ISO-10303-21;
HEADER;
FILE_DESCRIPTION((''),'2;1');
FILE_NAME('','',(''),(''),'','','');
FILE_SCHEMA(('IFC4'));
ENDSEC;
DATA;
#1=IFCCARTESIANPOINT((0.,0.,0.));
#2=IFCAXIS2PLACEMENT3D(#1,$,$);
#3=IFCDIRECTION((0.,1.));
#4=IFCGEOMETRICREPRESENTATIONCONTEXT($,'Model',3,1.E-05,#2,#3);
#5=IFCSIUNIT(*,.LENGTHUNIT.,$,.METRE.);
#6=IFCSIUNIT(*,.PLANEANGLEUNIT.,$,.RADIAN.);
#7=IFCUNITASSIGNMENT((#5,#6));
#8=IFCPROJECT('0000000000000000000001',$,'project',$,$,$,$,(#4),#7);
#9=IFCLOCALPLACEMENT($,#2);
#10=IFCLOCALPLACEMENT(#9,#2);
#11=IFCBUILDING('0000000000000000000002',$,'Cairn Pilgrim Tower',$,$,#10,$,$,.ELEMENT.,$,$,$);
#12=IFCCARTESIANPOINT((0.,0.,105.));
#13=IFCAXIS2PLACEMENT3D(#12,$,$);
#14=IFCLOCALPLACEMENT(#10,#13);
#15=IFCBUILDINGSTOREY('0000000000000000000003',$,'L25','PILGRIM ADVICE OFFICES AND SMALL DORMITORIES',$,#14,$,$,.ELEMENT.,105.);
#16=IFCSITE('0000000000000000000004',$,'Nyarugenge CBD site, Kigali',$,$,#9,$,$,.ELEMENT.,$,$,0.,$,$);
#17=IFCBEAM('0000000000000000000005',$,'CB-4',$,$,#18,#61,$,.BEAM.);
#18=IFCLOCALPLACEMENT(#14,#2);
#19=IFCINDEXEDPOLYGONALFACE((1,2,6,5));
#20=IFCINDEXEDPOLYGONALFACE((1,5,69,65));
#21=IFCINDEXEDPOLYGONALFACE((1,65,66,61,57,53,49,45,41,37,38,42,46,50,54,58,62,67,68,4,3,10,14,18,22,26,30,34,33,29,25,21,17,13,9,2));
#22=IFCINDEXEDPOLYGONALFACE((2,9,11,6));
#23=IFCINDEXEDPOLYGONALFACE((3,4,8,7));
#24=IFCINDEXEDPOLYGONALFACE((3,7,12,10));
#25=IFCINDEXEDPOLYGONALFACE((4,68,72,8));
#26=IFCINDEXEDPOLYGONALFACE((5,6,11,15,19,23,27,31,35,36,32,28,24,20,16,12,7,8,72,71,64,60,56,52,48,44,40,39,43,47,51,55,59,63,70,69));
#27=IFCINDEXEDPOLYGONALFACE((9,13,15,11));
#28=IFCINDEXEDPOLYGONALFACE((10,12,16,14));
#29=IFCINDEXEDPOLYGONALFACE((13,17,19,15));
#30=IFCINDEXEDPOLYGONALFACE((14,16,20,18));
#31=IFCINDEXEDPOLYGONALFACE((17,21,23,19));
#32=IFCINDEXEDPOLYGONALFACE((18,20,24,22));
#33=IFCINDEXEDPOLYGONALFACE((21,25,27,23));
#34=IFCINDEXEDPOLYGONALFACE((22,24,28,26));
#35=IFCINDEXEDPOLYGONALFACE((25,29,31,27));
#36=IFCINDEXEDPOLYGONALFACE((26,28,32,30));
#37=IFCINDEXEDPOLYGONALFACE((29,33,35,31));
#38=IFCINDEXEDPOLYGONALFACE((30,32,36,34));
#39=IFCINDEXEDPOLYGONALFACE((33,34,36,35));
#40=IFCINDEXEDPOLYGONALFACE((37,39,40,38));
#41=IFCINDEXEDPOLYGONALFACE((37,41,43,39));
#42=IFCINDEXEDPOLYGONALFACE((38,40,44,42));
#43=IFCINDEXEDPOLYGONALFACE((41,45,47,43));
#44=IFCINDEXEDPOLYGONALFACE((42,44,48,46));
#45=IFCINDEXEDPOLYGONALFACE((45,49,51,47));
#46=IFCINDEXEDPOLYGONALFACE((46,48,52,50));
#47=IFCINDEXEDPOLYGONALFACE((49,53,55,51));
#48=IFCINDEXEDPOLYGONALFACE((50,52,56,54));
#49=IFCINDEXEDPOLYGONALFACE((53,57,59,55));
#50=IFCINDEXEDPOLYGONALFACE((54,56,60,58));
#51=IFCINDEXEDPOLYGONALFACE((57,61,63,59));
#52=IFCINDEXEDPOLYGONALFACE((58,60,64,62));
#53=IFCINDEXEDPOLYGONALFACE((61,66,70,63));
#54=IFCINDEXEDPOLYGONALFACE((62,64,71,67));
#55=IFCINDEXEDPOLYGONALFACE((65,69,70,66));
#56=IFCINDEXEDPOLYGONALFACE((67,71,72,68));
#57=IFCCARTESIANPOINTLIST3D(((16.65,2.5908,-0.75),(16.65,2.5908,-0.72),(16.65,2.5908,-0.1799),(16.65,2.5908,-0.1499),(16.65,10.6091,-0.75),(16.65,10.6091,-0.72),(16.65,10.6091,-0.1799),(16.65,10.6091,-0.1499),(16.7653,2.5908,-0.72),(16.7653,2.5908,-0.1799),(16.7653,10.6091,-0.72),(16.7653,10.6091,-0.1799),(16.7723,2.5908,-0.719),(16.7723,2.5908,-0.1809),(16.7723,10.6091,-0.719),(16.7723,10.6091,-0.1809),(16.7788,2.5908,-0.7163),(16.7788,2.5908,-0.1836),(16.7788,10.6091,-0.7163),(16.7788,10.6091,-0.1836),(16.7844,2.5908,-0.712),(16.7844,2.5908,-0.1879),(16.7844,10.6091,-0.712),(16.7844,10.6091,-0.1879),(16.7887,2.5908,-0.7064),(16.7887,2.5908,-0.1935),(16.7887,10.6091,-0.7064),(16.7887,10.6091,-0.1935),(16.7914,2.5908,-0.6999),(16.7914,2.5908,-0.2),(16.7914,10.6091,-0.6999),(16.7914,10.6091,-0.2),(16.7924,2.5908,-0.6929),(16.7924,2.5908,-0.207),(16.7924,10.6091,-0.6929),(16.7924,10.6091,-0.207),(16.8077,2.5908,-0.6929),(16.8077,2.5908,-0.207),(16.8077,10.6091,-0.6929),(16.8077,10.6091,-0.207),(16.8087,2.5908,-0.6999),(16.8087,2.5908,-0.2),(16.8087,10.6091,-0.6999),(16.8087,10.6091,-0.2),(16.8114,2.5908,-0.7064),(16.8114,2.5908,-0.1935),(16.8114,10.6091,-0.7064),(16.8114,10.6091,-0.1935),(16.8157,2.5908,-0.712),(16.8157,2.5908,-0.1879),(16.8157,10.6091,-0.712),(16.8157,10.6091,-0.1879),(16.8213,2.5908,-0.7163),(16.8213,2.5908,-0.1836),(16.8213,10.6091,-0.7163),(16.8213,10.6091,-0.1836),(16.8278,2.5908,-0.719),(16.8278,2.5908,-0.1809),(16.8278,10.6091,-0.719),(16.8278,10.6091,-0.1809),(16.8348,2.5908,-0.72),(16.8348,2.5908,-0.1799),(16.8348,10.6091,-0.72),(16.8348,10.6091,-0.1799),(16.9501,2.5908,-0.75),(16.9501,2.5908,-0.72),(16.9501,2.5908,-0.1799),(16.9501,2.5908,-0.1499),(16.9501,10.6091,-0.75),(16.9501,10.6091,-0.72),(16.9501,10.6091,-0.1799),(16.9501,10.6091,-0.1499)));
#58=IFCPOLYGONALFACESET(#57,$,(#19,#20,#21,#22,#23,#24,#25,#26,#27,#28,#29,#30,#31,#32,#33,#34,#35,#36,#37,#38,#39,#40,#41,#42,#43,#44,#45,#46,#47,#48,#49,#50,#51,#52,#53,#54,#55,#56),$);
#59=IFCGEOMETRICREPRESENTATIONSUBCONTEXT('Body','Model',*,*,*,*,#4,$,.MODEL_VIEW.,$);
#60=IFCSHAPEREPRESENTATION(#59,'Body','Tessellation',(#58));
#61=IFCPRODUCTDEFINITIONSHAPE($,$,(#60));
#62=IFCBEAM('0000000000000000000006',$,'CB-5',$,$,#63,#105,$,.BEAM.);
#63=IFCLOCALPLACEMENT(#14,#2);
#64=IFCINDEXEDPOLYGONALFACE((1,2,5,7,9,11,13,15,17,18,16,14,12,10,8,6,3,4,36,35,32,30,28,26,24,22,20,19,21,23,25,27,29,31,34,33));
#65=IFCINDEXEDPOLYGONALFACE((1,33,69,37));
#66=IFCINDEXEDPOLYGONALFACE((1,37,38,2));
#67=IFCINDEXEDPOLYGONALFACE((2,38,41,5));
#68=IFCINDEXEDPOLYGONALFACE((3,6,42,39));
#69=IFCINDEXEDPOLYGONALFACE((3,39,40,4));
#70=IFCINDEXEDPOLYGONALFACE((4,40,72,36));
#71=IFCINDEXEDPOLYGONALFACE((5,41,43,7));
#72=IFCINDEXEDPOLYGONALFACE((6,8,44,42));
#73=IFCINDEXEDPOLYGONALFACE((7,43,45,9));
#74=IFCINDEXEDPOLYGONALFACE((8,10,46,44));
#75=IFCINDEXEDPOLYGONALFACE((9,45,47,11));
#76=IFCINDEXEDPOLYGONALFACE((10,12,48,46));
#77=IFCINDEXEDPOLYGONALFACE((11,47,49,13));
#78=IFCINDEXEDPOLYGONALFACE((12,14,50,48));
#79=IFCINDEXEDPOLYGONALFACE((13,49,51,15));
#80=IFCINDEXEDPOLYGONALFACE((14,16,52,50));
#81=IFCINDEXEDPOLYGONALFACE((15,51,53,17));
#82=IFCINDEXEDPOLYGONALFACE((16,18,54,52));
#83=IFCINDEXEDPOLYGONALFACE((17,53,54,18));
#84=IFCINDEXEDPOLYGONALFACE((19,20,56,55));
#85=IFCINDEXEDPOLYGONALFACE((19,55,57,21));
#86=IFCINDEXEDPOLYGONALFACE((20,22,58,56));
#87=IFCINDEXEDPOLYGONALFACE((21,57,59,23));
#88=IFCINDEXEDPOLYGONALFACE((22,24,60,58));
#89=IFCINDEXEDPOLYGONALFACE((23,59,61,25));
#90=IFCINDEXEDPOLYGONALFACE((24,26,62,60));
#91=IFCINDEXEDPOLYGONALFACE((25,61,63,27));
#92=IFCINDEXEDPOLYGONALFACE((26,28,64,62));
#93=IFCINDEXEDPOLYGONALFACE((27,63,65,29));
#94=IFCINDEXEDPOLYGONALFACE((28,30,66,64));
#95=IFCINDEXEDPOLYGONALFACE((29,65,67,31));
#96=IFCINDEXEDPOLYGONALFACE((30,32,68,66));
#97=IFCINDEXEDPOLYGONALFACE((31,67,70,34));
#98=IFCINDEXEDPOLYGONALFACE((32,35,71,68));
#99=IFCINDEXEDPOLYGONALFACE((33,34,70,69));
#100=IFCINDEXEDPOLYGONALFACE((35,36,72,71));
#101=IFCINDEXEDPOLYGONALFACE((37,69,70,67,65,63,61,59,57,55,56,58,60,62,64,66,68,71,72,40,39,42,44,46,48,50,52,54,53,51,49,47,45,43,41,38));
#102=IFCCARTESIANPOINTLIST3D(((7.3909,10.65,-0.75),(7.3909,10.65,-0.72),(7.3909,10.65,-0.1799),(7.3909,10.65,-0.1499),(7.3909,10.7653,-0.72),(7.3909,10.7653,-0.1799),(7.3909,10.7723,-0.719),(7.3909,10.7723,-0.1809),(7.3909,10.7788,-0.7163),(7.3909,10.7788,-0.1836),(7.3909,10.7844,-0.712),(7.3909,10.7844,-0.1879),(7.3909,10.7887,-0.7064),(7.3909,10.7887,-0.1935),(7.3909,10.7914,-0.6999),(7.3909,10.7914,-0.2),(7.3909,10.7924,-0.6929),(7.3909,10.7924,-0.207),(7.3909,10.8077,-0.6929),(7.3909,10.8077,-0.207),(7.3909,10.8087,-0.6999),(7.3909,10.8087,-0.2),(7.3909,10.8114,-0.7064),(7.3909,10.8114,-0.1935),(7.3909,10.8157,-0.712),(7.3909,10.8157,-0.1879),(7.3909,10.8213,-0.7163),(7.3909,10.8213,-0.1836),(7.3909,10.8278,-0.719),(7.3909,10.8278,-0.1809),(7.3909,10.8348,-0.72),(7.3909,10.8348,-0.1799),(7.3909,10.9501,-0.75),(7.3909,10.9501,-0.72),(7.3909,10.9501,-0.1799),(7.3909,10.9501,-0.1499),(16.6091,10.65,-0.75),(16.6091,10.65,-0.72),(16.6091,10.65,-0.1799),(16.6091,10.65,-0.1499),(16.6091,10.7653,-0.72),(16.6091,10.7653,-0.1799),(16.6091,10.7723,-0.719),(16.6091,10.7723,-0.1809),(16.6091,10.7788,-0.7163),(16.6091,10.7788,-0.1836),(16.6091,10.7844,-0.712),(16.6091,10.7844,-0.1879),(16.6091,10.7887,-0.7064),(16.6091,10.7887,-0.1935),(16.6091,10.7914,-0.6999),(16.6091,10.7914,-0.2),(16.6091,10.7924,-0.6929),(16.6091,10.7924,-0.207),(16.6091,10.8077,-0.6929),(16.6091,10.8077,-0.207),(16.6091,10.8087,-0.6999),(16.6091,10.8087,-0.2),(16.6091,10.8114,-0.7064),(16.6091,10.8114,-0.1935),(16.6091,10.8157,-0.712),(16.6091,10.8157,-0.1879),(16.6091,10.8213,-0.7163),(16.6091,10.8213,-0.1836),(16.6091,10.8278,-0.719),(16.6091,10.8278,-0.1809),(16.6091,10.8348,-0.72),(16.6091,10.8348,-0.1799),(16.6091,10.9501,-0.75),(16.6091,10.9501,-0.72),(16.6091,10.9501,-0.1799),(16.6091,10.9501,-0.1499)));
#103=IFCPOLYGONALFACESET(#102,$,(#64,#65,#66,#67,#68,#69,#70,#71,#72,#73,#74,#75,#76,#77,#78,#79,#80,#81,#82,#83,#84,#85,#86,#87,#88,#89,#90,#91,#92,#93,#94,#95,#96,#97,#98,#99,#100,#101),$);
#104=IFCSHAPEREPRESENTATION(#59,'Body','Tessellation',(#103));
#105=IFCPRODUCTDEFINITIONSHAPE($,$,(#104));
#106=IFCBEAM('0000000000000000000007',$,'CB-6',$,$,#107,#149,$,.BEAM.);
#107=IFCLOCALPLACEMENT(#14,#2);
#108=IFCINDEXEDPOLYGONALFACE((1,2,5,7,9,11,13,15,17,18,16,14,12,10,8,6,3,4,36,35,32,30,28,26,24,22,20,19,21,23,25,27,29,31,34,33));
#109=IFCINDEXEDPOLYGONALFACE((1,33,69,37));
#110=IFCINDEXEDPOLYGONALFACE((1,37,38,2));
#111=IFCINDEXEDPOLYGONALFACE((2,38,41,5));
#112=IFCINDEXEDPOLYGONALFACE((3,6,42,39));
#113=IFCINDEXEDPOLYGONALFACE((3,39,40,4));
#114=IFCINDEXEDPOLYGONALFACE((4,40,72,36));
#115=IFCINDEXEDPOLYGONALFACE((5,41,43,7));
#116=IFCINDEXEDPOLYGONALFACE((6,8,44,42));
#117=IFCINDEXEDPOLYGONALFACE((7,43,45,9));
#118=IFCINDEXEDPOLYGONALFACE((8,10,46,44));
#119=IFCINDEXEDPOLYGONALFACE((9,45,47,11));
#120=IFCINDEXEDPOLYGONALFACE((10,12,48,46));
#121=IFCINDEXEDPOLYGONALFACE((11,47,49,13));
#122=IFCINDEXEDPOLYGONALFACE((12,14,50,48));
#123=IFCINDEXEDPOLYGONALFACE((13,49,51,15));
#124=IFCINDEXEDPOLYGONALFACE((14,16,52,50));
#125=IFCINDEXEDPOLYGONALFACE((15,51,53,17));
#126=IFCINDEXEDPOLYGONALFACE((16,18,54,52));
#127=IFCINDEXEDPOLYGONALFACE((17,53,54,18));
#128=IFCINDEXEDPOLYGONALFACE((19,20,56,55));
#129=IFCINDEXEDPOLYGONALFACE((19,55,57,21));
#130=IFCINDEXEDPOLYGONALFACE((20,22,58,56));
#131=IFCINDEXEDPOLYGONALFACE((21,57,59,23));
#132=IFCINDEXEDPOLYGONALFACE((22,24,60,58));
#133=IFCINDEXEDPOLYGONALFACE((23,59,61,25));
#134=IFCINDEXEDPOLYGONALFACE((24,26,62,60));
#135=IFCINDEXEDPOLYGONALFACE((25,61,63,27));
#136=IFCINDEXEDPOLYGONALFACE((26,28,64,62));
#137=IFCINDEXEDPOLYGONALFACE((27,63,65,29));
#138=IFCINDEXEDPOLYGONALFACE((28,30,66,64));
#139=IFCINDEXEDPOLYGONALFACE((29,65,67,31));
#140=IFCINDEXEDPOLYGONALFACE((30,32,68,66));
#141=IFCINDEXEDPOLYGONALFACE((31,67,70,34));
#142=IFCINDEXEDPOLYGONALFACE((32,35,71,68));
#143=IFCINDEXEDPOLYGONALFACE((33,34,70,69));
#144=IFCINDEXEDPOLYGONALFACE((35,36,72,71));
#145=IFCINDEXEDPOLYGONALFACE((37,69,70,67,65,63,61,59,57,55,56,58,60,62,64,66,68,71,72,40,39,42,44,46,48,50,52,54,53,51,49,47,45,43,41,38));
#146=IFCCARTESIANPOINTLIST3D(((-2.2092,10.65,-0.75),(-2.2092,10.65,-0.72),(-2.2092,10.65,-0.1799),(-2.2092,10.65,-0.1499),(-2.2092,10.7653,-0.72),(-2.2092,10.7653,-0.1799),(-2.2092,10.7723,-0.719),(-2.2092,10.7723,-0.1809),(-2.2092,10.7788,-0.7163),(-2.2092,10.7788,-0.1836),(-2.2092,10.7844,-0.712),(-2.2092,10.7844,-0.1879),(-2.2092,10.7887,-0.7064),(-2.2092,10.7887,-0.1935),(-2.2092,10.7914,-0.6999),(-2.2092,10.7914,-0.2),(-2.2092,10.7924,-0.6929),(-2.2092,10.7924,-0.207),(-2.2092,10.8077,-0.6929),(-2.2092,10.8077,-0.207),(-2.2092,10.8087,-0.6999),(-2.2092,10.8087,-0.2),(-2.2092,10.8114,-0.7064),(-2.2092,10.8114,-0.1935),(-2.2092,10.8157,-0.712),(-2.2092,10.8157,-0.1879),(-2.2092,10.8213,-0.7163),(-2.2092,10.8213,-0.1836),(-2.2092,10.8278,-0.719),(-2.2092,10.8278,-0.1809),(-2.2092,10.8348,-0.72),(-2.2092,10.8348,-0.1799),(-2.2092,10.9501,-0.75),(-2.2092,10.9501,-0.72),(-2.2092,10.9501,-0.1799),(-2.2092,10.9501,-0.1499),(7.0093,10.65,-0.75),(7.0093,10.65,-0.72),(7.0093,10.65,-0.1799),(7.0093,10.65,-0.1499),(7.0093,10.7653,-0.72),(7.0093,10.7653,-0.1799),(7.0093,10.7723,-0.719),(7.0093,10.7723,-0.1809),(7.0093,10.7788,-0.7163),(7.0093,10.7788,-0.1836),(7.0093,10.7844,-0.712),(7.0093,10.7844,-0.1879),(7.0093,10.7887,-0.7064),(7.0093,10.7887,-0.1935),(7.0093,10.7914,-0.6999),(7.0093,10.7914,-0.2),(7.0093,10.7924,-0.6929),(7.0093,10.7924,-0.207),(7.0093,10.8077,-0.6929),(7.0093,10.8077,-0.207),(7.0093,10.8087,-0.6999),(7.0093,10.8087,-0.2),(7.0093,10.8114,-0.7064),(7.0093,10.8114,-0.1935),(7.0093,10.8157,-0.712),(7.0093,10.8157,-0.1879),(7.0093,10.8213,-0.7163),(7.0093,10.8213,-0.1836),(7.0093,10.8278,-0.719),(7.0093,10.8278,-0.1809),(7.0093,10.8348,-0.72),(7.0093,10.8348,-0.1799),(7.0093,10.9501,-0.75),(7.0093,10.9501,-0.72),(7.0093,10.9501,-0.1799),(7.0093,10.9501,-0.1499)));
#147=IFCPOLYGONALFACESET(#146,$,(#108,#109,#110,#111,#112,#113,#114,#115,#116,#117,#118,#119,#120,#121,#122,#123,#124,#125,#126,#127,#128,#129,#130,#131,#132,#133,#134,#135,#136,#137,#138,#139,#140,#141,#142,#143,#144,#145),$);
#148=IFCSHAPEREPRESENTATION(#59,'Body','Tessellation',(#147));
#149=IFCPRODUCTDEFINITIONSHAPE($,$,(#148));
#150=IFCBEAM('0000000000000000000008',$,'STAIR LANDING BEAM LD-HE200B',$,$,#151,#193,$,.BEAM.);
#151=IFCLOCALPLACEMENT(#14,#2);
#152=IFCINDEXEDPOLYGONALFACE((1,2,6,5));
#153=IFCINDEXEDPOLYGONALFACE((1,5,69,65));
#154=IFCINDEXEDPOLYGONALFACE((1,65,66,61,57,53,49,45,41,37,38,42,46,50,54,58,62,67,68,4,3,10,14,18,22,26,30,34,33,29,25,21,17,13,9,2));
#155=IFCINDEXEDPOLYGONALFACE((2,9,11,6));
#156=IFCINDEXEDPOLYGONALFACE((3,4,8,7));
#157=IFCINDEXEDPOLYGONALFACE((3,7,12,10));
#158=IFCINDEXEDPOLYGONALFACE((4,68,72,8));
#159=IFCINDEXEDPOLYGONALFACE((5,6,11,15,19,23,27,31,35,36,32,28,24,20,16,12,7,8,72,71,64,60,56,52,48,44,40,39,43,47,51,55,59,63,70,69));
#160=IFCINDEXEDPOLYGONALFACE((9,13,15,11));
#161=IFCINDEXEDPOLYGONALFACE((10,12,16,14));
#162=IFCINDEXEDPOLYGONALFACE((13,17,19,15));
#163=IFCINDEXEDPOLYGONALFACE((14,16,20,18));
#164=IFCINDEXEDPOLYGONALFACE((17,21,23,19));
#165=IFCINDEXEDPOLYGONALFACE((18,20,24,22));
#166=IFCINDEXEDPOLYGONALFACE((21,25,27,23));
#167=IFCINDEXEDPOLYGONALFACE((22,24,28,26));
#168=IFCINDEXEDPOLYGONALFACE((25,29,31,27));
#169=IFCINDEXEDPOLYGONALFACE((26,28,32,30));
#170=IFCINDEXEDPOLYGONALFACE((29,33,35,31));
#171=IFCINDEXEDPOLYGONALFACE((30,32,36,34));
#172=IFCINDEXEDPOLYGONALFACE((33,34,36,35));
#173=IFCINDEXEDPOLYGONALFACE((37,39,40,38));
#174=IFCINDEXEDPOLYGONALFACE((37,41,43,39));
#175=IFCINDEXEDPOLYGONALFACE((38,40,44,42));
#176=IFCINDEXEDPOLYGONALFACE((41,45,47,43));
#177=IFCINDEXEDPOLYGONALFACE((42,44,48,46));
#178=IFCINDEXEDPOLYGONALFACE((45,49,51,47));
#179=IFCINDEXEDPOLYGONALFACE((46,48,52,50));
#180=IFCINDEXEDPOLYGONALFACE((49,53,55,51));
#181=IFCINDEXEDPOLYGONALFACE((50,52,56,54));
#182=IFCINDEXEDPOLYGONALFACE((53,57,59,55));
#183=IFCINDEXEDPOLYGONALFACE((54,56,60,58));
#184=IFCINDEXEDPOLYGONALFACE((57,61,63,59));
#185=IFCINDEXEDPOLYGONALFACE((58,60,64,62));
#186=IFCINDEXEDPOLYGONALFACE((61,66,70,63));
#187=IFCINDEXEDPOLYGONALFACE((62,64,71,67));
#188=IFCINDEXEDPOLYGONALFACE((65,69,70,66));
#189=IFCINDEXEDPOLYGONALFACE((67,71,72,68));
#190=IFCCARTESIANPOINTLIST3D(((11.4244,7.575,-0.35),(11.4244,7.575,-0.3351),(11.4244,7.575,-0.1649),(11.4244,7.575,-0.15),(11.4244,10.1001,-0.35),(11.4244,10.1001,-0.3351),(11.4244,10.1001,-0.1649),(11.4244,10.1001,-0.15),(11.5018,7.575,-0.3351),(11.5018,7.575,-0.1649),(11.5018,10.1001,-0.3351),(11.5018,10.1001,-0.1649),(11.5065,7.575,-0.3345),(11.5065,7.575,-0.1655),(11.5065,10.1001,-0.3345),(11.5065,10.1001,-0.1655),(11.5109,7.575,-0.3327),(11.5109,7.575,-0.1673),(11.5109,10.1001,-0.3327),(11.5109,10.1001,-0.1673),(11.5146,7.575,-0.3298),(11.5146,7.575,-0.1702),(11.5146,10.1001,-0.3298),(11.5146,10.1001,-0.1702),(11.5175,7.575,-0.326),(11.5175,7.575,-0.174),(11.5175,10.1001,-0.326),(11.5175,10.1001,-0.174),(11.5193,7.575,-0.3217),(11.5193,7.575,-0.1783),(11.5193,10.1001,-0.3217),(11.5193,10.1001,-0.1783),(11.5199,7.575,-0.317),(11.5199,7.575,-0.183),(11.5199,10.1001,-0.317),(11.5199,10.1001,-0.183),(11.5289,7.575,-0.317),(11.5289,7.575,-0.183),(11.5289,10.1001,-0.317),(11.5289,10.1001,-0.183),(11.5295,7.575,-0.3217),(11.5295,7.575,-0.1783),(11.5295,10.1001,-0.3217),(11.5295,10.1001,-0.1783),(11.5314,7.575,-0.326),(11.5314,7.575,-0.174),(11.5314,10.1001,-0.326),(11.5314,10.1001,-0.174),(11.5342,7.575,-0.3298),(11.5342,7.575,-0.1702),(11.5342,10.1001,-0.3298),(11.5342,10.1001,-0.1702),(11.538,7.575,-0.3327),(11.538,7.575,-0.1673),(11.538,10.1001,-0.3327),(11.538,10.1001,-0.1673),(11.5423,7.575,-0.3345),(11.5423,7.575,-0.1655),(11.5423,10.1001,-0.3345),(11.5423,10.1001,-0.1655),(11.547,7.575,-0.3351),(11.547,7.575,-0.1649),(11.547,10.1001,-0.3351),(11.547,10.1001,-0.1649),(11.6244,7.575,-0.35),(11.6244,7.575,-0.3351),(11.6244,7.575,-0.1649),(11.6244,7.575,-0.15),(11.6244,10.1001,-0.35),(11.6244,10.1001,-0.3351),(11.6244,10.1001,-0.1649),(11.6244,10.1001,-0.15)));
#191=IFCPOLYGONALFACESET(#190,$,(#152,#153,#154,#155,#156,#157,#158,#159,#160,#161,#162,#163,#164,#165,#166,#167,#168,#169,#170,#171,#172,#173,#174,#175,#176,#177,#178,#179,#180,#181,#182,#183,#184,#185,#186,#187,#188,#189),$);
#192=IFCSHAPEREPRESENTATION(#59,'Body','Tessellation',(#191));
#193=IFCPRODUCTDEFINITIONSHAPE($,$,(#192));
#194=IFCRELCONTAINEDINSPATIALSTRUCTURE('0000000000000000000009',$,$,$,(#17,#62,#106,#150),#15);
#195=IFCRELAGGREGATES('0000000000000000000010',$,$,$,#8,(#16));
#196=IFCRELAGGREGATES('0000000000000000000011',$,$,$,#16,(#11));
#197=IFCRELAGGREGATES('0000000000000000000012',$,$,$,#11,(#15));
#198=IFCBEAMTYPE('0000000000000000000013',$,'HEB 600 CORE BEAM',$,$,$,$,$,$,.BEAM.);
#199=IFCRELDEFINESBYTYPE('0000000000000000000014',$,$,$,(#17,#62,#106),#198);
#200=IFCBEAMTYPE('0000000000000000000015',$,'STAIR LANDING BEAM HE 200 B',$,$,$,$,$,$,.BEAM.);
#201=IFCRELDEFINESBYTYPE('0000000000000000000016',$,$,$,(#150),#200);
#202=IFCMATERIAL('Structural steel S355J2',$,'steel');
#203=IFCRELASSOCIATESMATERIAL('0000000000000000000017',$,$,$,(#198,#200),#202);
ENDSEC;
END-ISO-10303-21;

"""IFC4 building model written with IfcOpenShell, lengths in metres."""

from ifc_helpers import new_model, si_unit, direction, frame, origin, origin_2d, place, context, subcontext, project, spatial, i_section, extrude, material, material_profile, profile_set, type_object, element, save


model = new_model("IFC4")

# Units and contexts
model_context = context("Model", 3, precision=1e-05, world=origin(), true_north=direction((0.0, 1.0)))
body_context = subcontext(model_context, "Body", "Model", "MODEL_VIEW")
ifc_project = project(units=[si_unit("LENGTHUNIT", "METRE"), si_unit("PLANEANGLEUNIT", "RADIAN")], contexts=[model_context])

# Site, building, storey
site_placement = place(None, origin())
site = spatial("IfcSite", under=ifc_project, at=site_placement, Name="Nyarugenge CBD site, Kigali", CompositionType="ELEMENT", RefElevation=0.0)
building_placement = place(site_placement, origin())
building = spatial("IfcBuilding", under=site, at=building_placement, Name="Cairn Pilgrim Tower", CompositionType="ELEMENT")
storey_placement = place(building_placement, frame((0.0, 0.0, 105.0)))
storey = spatial("IfcBuildingStorey", under=building, at=storey_placement, Name="L25", Description="PILGRIM ADVICE OFFICES AND SMALL DORMITORIES", CompositionType="ELEMENT", Elevation=105.0)

# Beams
ifc_material_1 = material(Name="Structural steel S355J2", Category="steel")
ifc_material_profile_1 = material_profile(ifc_material_1, i_section(OverallWidth=0.3, OverallDepth=0.6001, WebThickness=0.0154, FlangeThickness=0.03, FilletRadius=0.0271, at=origin_2d()), Name="HEB 600")
ifc_profile_set_1 = profile_set([ifc_material_profile_1], Name="Structural steel S355J2")
beam_type_1 = type_object("IfcBeamType", Name="HEB 600 CORE BEAM", PredefinedType="BEAM", material=ifc_profile_set_1)
beam_1_placement = place(storey_placement, frame((16.8, 2.5908, -0.45), z_axis=(0.0, 1.0, 0.0), x_axis=(-1.0, 0.0, 0.0)))
element("IfcBeam", 1, at=beam_1_placement, inside=storey, type_object=beam_type_1, Name="CB-4", PredefinedType="BEAM", context=body_context, shape_type="SweptSolid", body=[
    extrude(i_section(OverallWidth=0.3, OverallDepth=0.6001, WebThickness=0.0154, FlangeThickness=0.03, FilletRadius=0.0271, at=origin_2d()), origin(), (0.0, 0.0, 1.0), 8.0183),
])
beam_2_placement = place(storey_placement, frame((16.6091, 10.8, -0.45), z_axis=(-1.0, 0.0, 0.0), x_axis=(0.0, -1.0, 0.0)))
element("IfcBeam", 2, at=beam_2_placement, inside=storey, type_object=beam_type_1, Name="CB-5", PredefinedType="BEAM", context=body_context, shape_type="SweptSolid", body=[
    extrude(i_section(OverallWidth=0.3, OverallDepth=0.6001, WebThickness=0.0154, FlangeThickness=0.03, FilletRadius=0.0271, at=origin_2d()), origin(), (0.0, 0.0, 1.0), 9.2183),
])
beam_3_placement = place(storey_placement, frame((7.0093, 10.8, -0.45), z_axis=(-1.0, 0.0, 0.0), x_axis=(0.0, -1.0, 0.0)))
element("IfcBeam", 3, at=beam_3_placement, inside=storey, type_object=beam_type_1, Name="CB-6", PredefinedType="BEAM", context=body_context, shape_type="SweptSolid", body=[
    extrude(i_section(OverallWidth=0.3, OverallDepth=0.6001, WebThickness=0.0154, FlangeThickness=0.03, FilletRadius=0.0271, at=origin_2d()), origin(), (0.0, 0.0, 1.0), 9.2185),
])
ifc_material_profile_2 = material_profile(ifc_material_1, i_section(OverallWidth=0.2, OverallDepth=0.2, WebThickness=0.009, FlangeThickness=0.0149, FilletRadius=0.0181, at=origin_2d()), Name="HE 200 B")
ifc_profile_set_2 = profile_set([ifc_material_profile_2], Name="Structural steel S355J2")
beam_type_2 = type_object("IfcBeamType", Name="STAIR LANDING BEAM HE 200 B", PredefinedType="BEAM", material=ifc_profile_set_2)
beam_4_placement = place(storey_placement, frame((11.5244, 10.1001, -0.25), z_axis=(0.0, -1.0, 0.0), x_axis=(1.0, 0.0, 0.0)))
element("IfcBeam", 4, at=beam_4_placement, inside=storey, type_object=beam_type_2, Name="STAIR LANDING BEAM LD-HE200B", PredefinedType="BEAM", context=body_context, shape_type="SweptSolid", body=[
    extrude(i_section(OverallWidth=0.2, OverallDepth=0.2, WebThickness=0.009, FlangeThickness=0.0149, FilletRadius=0.0181, at=origin_2d()), origin(), (0.0, 0.0, 1.0), 2.5251),
])

save(model, "model.ifc")
